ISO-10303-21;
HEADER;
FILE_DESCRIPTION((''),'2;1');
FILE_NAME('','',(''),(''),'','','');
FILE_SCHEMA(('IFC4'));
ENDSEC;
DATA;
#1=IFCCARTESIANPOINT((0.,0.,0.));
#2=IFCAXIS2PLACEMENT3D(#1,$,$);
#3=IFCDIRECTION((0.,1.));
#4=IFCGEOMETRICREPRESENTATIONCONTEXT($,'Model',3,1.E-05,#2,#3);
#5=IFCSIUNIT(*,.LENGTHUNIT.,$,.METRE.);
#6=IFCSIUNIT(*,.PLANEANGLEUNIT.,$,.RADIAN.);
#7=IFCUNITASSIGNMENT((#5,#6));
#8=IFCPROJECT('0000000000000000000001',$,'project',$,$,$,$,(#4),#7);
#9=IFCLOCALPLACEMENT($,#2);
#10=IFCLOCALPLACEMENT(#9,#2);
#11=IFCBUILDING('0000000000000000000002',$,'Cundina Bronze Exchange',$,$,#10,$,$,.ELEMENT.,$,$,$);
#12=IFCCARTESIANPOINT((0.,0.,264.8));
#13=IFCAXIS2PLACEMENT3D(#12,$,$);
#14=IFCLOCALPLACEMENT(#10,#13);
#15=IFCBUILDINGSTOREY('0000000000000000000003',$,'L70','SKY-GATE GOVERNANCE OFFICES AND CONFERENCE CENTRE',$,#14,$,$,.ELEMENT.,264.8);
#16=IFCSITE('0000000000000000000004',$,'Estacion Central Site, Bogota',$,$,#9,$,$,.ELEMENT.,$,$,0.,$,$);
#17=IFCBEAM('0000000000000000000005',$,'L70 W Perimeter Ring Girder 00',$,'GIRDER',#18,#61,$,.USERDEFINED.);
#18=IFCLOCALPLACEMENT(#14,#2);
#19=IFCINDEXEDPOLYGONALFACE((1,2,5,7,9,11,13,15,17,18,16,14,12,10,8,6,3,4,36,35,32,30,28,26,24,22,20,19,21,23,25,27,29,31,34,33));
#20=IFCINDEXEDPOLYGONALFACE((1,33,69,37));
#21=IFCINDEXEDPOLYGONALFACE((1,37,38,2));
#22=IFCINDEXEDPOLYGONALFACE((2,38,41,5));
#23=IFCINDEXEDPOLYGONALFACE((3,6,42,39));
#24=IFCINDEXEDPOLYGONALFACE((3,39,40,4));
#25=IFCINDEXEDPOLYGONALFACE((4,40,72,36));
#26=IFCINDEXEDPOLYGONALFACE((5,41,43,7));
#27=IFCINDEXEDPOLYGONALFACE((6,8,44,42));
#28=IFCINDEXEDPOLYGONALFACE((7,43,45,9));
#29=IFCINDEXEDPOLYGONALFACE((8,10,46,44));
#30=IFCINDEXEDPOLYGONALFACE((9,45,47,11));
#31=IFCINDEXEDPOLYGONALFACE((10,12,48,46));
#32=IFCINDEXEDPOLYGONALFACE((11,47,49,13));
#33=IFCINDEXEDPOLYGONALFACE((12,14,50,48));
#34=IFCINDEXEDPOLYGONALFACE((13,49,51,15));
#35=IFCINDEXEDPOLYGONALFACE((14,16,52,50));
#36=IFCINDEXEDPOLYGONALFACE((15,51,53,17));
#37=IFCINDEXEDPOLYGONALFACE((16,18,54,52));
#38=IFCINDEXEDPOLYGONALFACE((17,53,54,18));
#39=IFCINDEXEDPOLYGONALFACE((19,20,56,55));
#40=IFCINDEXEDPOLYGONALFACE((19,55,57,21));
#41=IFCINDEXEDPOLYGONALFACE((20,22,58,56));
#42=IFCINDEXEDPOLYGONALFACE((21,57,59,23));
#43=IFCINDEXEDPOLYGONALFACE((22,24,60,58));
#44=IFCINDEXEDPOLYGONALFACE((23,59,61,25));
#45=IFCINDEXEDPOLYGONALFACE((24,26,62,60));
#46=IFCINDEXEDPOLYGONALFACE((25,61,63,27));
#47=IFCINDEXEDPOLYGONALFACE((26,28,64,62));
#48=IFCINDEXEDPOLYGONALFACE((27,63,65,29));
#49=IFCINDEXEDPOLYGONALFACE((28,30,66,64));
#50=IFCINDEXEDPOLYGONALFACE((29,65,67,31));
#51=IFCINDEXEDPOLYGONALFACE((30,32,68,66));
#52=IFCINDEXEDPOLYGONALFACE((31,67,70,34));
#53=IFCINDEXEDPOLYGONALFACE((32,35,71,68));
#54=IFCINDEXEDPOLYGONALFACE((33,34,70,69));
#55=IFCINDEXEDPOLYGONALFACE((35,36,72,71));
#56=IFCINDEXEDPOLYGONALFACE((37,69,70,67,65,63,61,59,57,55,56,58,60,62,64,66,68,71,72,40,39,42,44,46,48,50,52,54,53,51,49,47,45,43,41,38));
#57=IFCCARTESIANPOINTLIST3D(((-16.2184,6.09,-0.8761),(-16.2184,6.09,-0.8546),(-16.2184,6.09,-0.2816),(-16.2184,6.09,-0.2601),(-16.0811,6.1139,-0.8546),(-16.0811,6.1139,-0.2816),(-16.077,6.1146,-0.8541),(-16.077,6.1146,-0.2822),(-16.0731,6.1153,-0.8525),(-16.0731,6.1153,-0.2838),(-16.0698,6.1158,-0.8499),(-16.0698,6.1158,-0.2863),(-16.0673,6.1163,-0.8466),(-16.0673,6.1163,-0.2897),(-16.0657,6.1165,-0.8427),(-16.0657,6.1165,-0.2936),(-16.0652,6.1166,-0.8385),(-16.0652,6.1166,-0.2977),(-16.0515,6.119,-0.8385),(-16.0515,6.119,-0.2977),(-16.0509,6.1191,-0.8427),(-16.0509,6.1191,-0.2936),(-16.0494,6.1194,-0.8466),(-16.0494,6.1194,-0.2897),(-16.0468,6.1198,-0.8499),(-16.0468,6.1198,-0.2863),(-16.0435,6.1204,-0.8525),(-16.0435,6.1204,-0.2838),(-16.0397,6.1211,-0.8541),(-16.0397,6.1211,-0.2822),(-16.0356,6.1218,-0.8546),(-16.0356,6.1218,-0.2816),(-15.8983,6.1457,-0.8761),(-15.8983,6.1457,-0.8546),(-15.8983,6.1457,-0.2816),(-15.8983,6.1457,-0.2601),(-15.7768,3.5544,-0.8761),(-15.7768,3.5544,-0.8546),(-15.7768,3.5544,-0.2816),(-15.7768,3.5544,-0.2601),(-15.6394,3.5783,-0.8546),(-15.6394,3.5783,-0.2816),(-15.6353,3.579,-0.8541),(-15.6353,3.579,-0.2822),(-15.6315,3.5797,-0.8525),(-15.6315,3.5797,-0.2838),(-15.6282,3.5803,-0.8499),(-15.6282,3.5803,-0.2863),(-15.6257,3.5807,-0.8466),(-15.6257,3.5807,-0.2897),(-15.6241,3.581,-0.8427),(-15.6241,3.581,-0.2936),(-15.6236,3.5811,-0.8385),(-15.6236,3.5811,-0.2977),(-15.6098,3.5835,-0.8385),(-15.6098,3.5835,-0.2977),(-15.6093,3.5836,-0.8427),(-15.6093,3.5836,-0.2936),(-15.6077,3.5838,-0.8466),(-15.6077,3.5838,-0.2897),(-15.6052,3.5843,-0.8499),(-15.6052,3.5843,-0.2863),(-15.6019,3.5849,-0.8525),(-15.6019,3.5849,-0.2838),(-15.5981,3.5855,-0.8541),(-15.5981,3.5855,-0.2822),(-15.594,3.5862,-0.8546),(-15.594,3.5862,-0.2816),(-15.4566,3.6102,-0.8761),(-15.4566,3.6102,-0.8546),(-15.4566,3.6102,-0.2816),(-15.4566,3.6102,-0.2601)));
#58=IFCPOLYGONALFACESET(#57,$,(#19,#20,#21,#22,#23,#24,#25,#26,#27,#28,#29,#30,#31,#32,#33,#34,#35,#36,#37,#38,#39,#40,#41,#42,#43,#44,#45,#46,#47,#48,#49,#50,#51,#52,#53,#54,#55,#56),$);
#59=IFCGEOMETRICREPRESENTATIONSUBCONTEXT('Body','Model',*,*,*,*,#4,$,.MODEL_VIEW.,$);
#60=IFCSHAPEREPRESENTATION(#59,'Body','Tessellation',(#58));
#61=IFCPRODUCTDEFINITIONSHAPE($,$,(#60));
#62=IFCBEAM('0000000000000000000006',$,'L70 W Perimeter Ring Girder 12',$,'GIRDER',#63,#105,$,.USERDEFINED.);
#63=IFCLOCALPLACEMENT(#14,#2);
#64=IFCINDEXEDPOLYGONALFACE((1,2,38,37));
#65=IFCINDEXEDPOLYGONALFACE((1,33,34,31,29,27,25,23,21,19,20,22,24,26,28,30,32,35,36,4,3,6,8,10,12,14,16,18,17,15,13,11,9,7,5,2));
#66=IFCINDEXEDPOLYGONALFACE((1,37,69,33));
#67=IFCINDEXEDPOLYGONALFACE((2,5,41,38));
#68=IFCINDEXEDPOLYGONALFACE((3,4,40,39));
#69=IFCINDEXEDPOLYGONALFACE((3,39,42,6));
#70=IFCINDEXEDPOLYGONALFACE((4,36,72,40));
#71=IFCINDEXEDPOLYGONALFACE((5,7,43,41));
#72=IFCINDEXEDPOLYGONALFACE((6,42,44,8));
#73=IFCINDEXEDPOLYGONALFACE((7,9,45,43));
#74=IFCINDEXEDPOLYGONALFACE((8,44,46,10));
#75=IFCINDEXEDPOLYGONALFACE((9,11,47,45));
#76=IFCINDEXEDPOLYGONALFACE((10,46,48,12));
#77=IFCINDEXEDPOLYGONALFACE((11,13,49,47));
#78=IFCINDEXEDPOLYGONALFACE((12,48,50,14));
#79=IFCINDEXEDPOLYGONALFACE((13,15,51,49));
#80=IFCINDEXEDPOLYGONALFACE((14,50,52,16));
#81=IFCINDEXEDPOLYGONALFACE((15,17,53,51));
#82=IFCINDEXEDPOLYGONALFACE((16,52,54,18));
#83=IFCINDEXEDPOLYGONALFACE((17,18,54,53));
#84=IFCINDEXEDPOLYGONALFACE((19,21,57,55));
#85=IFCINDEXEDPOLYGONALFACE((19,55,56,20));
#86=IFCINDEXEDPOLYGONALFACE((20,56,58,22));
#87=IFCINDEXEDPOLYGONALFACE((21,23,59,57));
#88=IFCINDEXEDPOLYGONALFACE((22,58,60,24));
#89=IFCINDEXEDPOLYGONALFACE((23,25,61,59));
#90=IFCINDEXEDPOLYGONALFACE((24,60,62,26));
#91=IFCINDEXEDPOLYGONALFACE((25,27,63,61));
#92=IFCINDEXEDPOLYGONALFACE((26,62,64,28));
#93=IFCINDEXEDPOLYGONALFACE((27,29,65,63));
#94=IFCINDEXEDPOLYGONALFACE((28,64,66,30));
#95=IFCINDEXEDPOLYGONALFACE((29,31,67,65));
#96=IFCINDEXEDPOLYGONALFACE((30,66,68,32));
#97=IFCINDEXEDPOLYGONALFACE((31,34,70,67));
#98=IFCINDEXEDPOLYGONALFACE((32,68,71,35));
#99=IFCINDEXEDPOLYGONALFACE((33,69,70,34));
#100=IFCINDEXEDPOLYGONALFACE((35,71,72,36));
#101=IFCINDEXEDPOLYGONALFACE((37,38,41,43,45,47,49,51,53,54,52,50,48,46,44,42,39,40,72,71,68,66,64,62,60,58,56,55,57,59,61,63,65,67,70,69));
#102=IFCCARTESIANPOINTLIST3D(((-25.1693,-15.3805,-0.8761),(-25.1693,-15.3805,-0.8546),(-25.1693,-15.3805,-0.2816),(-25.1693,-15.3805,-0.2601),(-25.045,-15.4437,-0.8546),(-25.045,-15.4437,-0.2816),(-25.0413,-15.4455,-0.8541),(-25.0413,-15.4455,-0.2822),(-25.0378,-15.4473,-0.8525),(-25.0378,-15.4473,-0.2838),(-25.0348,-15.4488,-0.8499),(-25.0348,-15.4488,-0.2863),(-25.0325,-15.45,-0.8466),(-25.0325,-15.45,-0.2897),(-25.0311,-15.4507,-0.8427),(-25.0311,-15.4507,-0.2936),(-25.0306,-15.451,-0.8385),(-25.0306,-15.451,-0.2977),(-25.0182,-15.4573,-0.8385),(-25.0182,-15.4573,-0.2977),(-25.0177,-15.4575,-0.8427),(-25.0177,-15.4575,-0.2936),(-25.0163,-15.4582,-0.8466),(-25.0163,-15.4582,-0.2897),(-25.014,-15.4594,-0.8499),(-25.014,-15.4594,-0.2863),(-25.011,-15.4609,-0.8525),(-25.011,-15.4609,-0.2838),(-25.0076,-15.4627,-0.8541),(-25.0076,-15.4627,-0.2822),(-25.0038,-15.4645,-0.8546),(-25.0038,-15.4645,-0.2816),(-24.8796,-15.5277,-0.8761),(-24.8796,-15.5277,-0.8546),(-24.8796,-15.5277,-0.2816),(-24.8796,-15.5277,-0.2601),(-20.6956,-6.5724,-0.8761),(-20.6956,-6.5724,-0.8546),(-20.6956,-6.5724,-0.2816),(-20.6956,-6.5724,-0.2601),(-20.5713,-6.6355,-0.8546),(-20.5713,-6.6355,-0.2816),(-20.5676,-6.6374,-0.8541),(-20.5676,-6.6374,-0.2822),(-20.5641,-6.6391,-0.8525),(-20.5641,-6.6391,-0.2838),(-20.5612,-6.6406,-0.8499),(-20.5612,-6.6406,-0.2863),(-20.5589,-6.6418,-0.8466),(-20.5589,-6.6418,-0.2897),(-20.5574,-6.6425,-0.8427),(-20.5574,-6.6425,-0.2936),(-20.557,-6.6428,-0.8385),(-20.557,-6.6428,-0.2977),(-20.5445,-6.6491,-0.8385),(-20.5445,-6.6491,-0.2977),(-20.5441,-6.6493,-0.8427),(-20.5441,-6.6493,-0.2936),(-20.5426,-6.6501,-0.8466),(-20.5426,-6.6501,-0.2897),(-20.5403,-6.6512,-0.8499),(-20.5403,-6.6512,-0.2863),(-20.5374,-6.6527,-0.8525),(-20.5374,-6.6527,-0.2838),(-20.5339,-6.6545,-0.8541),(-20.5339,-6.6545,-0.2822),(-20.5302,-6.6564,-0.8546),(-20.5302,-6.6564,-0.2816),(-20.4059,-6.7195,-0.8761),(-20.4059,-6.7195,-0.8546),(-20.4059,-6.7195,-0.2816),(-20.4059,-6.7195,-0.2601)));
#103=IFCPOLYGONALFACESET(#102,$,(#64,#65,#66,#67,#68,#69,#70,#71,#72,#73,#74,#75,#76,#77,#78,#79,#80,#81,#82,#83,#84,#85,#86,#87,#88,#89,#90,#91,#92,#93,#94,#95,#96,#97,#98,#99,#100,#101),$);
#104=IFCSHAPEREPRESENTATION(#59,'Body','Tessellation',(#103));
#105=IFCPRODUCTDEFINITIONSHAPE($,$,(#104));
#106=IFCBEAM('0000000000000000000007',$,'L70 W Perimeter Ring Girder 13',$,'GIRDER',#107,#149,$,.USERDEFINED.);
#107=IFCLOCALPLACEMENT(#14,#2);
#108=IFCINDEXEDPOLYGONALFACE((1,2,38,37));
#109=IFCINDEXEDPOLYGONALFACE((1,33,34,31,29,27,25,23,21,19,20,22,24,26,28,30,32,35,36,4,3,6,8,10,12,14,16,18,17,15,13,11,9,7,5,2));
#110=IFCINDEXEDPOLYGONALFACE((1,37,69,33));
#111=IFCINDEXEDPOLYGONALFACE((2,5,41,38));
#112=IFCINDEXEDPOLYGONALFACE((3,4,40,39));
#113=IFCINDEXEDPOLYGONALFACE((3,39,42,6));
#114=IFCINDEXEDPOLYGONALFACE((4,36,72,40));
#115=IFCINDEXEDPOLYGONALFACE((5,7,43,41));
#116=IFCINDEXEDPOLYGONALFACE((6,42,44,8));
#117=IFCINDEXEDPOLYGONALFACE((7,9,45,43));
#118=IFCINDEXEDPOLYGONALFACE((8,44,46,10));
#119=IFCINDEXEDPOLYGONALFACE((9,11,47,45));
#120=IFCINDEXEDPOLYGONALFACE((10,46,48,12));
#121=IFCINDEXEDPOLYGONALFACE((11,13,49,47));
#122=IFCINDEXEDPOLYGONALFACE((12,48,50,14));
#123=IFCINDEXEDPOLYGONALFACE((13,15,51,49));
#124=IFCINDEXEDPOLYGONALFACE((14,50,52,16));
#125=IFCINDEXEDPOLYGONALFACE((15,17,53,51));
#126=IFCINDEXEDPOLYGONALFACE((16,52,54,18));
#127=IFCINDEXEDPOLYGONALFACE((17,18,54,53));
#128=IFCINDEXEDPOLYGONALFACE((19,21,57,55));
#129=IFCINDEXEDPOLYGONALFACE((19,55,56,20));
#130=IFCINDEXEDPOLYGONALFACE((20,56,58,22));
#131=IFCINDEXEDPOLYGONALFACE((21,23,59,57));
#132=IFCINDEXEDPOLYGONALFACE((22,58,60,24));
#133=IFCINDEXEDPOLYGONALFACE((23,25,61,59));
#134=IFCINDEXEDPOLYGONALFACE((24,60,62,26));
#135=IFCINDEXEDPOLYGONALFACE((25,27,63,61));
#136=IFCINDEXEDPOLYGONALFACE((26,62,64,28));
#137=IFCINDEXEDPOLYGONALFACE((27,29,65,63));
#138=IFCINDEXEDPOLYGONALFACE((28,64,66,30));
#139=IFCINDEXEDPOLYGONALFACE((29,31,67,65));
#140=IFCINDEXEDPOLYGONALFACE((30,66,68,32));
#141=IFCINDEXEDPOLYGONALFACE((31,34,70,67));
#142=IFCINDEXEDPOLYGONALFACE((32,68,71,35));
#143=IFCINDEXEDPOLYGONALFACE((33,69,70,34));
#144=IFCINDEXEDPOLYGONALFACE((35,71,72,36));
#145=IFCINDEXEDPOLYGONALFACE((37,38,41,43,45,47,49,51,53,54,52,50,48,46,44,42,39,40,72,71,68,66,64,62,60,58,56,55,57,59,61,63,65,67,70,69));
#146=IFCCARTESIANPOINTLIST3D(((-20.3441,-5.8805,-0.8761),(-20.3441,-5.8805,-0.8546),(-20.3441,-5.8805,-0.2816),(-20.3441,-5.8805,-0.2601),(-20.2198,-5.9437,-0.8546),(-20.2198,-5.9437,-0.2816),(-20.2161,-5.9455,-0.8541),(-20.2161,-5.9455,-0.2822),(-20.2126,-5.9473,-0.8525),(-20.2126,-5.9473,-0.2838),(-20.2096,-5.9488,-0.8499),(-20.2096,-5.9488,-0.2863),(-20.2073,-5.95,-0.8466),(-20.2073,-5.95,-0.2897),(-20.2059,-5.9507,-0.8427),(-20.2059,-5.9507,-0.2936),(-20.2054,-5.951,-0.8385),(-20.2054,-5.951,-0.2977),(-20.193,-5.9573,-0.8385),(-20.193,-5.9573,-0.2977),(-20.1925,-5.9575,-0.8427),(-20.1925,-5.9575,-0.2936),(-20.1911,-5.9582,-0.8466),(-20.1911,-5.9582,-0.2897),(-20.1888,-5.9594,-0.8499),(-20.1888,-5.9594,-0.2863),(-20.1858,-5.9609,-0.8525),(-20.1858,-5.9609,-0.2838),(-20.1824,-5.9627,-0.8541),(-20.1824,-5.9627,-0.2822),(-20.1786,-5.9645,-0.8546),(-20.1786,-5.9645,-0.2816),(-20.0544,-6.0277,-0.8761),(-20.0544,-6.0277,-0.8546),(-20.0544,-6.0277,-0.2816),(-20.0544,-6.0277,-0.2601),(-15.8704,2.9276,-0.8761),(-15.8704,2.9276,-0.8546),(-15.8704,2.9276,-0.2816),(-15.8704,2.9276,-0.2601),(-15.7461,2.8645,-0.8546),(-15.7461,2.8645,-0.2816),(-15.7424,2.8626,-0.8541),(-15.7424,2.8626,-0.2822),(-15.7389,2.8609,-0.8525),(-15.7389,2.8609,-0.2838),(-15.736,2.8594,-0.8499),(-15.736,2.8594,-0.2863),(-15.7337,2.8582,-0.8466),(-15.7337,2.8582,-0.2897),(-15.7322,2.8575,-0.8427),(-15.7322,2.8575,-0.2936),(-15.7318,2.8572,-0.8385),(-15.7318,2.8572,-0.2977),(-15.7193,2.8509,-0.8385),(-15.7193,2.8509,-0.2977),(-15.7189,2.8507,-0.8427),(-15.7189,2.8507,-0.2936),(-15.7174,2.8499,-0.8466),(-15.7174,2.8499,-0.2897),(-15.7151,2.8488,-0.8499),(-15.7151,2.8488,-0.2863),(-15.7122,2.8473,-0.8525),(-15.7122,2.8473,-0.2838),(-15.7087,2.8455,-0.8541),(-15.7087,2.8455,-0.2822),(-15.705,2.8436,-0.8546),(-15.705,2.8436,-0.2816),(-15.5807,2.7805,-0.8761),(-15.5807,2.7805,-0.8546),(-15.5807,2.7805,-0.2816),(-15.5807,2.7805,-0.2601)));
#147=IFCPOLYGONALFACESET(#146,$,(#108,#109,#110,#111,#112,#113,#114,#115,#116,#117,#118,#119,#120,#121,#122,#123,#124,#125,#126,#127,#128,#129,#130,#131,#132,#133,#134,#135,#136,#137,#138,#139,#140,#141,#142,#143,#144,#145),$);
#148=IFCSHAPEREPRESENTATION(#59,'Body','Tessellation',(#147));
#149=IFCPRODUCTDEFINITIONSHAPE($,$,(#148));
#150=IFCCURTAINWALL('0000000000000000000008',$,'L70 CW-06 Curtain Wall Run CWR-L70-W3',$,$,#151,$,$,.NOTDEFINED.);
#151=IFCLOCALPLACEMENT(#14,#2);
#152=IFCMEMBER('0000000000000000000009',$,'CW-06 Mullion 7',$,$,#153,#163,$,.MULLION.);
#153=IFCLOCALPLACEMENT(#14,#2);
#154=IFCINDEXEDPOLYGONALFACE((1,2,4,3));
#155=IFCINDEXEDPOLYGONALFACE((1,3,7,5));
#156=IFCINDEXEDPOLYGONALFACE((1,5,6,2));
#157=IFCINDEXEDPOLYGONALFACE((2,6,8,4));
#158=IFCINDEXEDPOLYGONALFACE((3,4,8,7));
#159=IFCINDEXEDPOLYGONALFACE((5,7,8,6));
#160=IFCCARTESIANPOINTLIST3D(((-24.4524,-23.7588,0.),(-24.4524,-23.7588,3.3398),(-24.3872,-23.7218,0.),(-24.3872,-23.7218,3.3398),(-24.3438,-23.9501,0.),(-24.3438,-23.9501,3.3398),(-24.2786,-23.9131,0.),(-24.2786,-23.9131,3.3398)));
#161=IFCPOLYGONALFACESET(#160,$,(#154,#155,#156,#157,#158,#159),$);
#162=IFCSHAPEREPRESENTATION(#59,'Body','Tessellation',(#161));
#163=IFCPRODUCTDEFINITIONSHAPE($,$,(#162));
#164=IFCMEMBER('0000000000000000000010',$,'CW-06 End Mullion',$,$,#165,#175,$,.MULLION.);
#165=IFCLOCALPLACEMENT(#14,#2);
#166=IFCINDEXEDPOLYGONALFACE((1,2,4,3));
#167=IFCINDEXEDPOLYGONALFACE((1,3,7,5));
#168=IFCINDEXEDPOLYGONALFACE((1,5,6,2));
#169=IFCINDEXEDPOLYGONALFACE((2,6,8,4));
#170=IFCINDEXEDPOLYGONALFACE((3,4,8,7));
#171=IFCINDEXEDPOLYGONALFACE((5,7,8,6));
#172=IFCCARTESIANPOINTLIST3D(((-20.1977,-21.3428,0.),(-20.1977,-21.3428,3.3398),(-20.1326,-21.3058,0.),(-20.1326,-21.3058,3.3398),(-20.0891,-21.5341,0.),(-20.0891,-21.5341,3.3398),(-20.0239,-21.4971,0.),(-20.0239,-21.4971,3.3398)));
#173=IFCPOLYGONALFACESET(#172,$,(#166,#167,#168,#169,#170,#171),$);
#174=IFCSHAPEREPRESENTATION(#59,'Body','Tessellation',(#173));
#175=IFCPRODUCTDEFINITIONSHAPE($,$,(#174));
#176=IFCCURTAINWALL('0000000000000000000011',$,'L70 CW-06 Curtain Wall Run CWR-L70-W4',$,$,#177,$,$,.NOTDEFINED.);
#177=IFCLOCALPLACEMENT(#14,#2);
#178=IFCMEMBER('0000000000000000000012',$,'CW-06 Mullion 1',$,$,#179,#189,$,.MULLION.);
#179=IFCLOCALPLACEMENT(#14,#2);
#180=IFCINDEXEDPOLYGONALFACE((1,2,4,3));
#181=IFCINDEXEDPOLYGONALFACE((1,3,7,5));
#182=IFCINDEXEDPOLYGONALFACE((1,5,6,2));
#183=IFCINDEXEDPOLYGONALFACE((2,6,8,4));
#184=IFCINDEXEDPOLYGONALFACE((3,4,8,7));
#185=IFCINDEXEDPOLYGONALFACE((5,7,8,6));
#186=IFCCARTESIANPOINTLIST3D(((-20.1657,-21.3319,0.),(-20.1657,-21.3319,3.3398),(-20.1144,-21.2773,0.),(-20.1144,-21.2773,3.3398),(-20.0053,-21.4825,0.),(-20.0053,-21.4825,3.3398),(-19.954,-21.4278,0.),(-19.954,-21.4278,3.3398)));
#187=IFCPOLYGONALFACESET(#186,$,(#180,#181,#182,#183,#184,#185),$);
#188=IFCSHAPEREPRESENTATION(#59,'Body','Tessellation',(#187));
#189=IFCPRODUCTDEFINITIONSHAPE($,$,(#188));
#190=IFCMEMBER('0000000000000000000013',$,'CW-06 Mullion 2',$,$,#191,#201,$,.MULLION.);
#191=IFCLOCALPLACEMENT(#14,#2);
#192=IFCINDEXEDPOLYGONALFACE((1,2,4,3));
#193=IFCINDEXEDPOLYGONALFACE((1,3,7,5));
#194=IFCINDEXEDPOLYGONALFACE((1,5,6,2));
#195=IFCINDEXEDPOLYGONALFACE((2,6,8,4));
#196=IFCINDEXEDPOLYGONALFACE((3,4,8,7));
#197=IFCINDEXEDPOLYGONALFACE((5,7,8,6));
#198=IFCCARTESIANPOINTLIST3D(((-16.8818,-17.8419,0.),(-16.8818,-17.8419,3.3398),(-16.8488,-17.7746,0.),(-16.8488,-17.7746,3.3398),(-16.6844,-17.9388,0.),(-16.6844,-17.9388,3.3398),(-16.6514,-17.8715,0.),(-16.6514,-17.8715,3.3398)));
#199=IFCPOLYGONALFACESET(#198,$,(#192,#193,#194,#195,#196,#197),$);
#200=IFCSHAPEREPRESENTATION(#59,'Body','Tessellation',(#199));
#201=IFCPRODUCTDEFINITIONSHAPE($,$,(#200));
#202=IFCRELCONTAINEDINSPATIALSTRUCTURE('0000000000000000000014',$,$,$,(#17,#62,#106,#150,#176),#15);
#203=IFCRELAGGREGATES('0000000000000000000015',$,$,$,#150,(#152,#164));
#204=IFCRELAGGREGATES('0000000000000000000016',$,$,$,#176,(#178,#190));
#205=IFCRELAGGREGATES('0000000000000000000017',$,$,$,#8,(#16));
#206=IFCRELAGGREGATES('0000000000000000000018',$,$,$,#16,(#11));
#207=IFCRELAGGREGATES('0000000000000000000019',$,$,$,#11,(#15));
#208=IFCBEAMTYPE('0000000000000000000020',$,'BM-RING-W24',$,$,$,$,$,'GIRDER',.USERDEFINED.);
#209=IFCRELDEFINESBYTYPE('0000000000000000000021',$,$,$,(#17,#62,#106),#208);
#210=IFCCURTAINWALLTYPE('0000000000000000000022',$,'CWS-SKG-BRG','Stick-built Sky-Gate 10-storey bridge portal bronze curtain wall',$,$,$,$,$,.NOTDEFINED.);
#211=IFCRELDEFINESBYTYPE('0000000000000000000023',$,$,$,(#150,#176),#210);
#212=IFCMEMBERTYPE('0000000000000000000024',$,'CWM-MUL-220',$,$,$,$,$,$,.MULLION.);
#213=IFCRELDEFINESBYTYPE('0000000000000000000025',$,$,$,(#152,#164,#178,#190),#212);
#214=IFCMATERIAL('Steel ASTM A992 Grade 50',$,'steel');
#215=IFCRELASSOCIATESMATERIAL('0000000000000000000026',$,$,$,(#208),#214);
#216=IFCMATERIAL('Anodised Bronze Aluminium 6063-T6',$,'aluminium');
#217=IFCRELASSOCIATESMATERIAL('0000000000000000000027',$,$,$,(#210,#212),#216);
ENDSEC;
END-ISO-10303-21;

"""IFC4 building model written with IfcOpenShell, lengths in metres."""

from ifc_helpers import new_model, si_unit, direction, frame, origin, origin_2d, place, context, subcontext, project, spatial, rectangle, i_section, extrude, material, material_profile, profile_set, type_object, element, aggregate, save


model = new_model("IFC4")

# Units and contexts
model_context = context("Model", 3, precision=1e-05, world=origin(), true_north=direction((0.0, 1.0)))
body_context = subcontext(model_context, "Body", "Model", "MODEL_VIEW")
ifc_project = project(units=[si_unit("LENGTHUNIT", "METRE"), si_unit("PLANEANGLEUNIT", "RADIAN")], contexts=[model_context])

# Site, building, storey
site_placement = place(None, origin())
site = spatial("IfcSite", under=ifc_project, at=site_placement, Name="Estacion Central Site, Bogota", CompositionType="ELEMENT", RefElevation=0.0)
building_placement = place(site_placement, origin())
building = spatial("IfcBuilding", under=site, at=building_placement, Name="Cundina Bronze Exchange", CompositionType="ELEMENT")
storey_placement = place(building_placement, frame((0.0, 0.0, 264.8)))
storey = spatial("IfcBuildingStorey", under=building, at=storey_placement, Name="L70", Description="SKY-GATE GOVERNANCE OFFICES AND CONFERENCE CENTRE", CompositionType="ELEMENT", Elevation=264.8)

# Beams
ifc_material_1 = material(Name="Steel ASTM A992 Grade 50", Category="steel")
ifc_material_profile_1 = material_profile(ifc_material_1, i_section(OverallWidth=0.325, OverallDepth=0.616, WebThickness=0.0139, FlangeThickness=0.0215, FilletRadius=0.0161, at=origin_2d()), Name="W24X117", Category="steel")
ifc_profile_set_1 = profile_set([ifc_material_profile_1], Name="Steel ASTM A992 Grade 50")
beam_type_1 = type_object("IfcBeamType", Name="BM-RING-W24", ElementType="GIRDER", PredefinedType="USERDEFINED", material=ifc_profile_set_1)
beam_1_placement = place(storey_placement, frame((-15.6167, 3.5823, -0.5681), z_axis=(-0.171593, 0.985168, 0.0), x_axis=(-0.985168, -0.171593, 0.0)))
element("IfcBeam", 1, at=beam_1_placement, inside=storey, type_object=beam_type_1, Name="L70 W Perimeter Ring Girder 00", ObjectType="GIRDER", PredefinedType="USERDEFINED", context=body_context, shape_type="SweptSolid", body=[
    extrude(i_section(OverallWidth=0.325, OverallDepth=0.616, WebThickness=0.0139, FlangeThickness=0.0215, FilletRadius=0.0161, at=origin_2d()), origin(), (0.0, 0.0, 1.0), 2.5737),
])
for number, where, z_axis, x_axis, name in (
    (2, (-25.0244, -15.4541, -0.5681), (0.452839, 0.891592, 0.0), (-0.891592, 0.452839, 0.0), "L70 W Perimeter Ring Girder 12"),
    (3, (-20.1992, -5.9541, -0.5681), (0.452839, 0.891592, 0.0), (-0.891592, 0.452839, 0.0), "L70 W Perimeter Ring Girder 13"),
):
    element("IfcBeam", number, at=place(storey_placement, frame(where, z_axis=z_axis, x_axis=x_axis)), inside=storey, type_object=beam_type_1, Name=name, ObjectType="GIRDER", PredefinedType="USERDEFINED", context=body_context, shape_type="SweptSolid", body=[
        extrude(i_section(OverallWidth=0.325, OverallDepth=0.616, WebThickness=0.0139, FlangeThickness=0.0215, FilletRadius=0.0161, at=origin_2d()), origin(), (0.0, 0.0, 1.0), 9.8792),
    ])

# Curtain walls, members
ifc_material_2 = material(Name="Anodised Bronze Aluminium 6063-T6", Category="aluminium")
curtain_wall_type = type_object("IfcCurtainWallType", Name="CWS-SKG-BRG", Description="Stick-built Sky-Gate 10-storey bridge portal bronze curtain wall", PredefinedType="NOTDEFINED", material=ifc_material_2)
curtain_wall_1_placement = place(storey_placement, origin())
curtain_wall_1 = element("IfcCurtainWall", 4, at=curtain_wall_1_placement, inside=storey, type_object=curtain_wall_type, Name="L70 CW-06 Curtain Wall Run CWR-L70-W3", PredefinedType="NOTDEFINED")
ifc_material_profile_2 = material_profile(ifc_material_2, rectangle(XDim=0.075, YDim=0.22, at=origin_2d()), Name="AL75X220", Category="aluminium")
ifc_profile_set_2 = profile_set([ifc_material_profile_2], Name="Anodised Bronze Aluminium 6063-T6")
member_type_1 = type_object("IfcMemberType", Name="CWM-MUL-220", PredefinedType="MULLION", material=ifc_profile_set_2)
member_1_placement = place(storey_placement, frame((-24.3655, -23.8359, 0.0), z_axis=(0.0, 0.0, 1.0), x_axis=(0.869581, 0.49379, 0.0)))
member_1 = element("IfcMember", 5, at=member_1_placement, type_object=member_type_1, Name="CW-06 Mullion 7", PredefinedType="MULLION", context=body_context, shape_type="SweptSolid", body=[
    extrude(rectangle(XDim=0.075, YDim=0.22, at=origin_2d()), origin(), (0.0, 0.0, 1.0), 3.3398),
])
member_2_placement = place(storey_placement, frame((-20.1108, -21.4199, 0.0), z_axis=(0.0, 0.0, 1.0), x_axis=(0.869581, 0.49379, 0.0)))
member_2 = element("IfcMember", 6, at=member_2_placement, type_object=member_type_1, Name="CW-06 End Mullion", PredefinedType="MULLION", context=body_context, shape_type="SweptSolid", body=[
    extrude(rectangle(XDim=0.075, YDim=0.22, at=origin_2d()), origin(), (0.0, 0.0, 1.0), 3.3398),
])
curtain_wall_2_placement = place(storey_placement, origin())
curtain_wall_2 = element("IfcCurtainWall", 7, at=curtain_wall_2_placement, inside=storey, type_object=curtain_wall_type, Name="L70 CW-06 Curtain Wall Run CWR-L70-W4", PredefinedType="NOTDEFINED")
member_3_placement = place(storey_placement, frame((-20.0598, -21.3799, 0.0), z_axis=(0.0, 0.0, 1.0), x_axis=(0.684293, 0.729208, 0.0)))
member_3 = element("IfcMember", 8, at=member_3_placement, type_object=member_type_1, Name="CW-06 Mullion 1", PredefinedType="MULLION", context=body_context, shape_type="SweptSolid", body=[
    extrude(rectangle(XDim=0.075, YDim=0.22, at=origin_2d()), origin(), (0.0, 0.0, 1.0), 3.3398),
])
member_4_placement = place(storey_placement, frame((-16.7666, -17.8567, 0.0), z_axis=(0.0, 0.0, 1.0), x_axis=(0.440566, 0.89772, 0.0)))
member_4 = element("IfcMember", 9, at=member_4_placement, type_object=member_type_1, Name="CW-06 Mullion 2", PredefinedType="MULLION", context=body_context, shape_type="SweptSolid", body=[
    extrude(rectangle(XDim=0.075, YDim=0.22, at=origin_2d()), origin(), (0.0, 0.0, 1.0), 3.3398),
])

aggregate(curtain_wall_1, [member_1, member_2])
aggregate(curtain_wall_2, [member_3, member_4])

save(model, "model.ifc")
